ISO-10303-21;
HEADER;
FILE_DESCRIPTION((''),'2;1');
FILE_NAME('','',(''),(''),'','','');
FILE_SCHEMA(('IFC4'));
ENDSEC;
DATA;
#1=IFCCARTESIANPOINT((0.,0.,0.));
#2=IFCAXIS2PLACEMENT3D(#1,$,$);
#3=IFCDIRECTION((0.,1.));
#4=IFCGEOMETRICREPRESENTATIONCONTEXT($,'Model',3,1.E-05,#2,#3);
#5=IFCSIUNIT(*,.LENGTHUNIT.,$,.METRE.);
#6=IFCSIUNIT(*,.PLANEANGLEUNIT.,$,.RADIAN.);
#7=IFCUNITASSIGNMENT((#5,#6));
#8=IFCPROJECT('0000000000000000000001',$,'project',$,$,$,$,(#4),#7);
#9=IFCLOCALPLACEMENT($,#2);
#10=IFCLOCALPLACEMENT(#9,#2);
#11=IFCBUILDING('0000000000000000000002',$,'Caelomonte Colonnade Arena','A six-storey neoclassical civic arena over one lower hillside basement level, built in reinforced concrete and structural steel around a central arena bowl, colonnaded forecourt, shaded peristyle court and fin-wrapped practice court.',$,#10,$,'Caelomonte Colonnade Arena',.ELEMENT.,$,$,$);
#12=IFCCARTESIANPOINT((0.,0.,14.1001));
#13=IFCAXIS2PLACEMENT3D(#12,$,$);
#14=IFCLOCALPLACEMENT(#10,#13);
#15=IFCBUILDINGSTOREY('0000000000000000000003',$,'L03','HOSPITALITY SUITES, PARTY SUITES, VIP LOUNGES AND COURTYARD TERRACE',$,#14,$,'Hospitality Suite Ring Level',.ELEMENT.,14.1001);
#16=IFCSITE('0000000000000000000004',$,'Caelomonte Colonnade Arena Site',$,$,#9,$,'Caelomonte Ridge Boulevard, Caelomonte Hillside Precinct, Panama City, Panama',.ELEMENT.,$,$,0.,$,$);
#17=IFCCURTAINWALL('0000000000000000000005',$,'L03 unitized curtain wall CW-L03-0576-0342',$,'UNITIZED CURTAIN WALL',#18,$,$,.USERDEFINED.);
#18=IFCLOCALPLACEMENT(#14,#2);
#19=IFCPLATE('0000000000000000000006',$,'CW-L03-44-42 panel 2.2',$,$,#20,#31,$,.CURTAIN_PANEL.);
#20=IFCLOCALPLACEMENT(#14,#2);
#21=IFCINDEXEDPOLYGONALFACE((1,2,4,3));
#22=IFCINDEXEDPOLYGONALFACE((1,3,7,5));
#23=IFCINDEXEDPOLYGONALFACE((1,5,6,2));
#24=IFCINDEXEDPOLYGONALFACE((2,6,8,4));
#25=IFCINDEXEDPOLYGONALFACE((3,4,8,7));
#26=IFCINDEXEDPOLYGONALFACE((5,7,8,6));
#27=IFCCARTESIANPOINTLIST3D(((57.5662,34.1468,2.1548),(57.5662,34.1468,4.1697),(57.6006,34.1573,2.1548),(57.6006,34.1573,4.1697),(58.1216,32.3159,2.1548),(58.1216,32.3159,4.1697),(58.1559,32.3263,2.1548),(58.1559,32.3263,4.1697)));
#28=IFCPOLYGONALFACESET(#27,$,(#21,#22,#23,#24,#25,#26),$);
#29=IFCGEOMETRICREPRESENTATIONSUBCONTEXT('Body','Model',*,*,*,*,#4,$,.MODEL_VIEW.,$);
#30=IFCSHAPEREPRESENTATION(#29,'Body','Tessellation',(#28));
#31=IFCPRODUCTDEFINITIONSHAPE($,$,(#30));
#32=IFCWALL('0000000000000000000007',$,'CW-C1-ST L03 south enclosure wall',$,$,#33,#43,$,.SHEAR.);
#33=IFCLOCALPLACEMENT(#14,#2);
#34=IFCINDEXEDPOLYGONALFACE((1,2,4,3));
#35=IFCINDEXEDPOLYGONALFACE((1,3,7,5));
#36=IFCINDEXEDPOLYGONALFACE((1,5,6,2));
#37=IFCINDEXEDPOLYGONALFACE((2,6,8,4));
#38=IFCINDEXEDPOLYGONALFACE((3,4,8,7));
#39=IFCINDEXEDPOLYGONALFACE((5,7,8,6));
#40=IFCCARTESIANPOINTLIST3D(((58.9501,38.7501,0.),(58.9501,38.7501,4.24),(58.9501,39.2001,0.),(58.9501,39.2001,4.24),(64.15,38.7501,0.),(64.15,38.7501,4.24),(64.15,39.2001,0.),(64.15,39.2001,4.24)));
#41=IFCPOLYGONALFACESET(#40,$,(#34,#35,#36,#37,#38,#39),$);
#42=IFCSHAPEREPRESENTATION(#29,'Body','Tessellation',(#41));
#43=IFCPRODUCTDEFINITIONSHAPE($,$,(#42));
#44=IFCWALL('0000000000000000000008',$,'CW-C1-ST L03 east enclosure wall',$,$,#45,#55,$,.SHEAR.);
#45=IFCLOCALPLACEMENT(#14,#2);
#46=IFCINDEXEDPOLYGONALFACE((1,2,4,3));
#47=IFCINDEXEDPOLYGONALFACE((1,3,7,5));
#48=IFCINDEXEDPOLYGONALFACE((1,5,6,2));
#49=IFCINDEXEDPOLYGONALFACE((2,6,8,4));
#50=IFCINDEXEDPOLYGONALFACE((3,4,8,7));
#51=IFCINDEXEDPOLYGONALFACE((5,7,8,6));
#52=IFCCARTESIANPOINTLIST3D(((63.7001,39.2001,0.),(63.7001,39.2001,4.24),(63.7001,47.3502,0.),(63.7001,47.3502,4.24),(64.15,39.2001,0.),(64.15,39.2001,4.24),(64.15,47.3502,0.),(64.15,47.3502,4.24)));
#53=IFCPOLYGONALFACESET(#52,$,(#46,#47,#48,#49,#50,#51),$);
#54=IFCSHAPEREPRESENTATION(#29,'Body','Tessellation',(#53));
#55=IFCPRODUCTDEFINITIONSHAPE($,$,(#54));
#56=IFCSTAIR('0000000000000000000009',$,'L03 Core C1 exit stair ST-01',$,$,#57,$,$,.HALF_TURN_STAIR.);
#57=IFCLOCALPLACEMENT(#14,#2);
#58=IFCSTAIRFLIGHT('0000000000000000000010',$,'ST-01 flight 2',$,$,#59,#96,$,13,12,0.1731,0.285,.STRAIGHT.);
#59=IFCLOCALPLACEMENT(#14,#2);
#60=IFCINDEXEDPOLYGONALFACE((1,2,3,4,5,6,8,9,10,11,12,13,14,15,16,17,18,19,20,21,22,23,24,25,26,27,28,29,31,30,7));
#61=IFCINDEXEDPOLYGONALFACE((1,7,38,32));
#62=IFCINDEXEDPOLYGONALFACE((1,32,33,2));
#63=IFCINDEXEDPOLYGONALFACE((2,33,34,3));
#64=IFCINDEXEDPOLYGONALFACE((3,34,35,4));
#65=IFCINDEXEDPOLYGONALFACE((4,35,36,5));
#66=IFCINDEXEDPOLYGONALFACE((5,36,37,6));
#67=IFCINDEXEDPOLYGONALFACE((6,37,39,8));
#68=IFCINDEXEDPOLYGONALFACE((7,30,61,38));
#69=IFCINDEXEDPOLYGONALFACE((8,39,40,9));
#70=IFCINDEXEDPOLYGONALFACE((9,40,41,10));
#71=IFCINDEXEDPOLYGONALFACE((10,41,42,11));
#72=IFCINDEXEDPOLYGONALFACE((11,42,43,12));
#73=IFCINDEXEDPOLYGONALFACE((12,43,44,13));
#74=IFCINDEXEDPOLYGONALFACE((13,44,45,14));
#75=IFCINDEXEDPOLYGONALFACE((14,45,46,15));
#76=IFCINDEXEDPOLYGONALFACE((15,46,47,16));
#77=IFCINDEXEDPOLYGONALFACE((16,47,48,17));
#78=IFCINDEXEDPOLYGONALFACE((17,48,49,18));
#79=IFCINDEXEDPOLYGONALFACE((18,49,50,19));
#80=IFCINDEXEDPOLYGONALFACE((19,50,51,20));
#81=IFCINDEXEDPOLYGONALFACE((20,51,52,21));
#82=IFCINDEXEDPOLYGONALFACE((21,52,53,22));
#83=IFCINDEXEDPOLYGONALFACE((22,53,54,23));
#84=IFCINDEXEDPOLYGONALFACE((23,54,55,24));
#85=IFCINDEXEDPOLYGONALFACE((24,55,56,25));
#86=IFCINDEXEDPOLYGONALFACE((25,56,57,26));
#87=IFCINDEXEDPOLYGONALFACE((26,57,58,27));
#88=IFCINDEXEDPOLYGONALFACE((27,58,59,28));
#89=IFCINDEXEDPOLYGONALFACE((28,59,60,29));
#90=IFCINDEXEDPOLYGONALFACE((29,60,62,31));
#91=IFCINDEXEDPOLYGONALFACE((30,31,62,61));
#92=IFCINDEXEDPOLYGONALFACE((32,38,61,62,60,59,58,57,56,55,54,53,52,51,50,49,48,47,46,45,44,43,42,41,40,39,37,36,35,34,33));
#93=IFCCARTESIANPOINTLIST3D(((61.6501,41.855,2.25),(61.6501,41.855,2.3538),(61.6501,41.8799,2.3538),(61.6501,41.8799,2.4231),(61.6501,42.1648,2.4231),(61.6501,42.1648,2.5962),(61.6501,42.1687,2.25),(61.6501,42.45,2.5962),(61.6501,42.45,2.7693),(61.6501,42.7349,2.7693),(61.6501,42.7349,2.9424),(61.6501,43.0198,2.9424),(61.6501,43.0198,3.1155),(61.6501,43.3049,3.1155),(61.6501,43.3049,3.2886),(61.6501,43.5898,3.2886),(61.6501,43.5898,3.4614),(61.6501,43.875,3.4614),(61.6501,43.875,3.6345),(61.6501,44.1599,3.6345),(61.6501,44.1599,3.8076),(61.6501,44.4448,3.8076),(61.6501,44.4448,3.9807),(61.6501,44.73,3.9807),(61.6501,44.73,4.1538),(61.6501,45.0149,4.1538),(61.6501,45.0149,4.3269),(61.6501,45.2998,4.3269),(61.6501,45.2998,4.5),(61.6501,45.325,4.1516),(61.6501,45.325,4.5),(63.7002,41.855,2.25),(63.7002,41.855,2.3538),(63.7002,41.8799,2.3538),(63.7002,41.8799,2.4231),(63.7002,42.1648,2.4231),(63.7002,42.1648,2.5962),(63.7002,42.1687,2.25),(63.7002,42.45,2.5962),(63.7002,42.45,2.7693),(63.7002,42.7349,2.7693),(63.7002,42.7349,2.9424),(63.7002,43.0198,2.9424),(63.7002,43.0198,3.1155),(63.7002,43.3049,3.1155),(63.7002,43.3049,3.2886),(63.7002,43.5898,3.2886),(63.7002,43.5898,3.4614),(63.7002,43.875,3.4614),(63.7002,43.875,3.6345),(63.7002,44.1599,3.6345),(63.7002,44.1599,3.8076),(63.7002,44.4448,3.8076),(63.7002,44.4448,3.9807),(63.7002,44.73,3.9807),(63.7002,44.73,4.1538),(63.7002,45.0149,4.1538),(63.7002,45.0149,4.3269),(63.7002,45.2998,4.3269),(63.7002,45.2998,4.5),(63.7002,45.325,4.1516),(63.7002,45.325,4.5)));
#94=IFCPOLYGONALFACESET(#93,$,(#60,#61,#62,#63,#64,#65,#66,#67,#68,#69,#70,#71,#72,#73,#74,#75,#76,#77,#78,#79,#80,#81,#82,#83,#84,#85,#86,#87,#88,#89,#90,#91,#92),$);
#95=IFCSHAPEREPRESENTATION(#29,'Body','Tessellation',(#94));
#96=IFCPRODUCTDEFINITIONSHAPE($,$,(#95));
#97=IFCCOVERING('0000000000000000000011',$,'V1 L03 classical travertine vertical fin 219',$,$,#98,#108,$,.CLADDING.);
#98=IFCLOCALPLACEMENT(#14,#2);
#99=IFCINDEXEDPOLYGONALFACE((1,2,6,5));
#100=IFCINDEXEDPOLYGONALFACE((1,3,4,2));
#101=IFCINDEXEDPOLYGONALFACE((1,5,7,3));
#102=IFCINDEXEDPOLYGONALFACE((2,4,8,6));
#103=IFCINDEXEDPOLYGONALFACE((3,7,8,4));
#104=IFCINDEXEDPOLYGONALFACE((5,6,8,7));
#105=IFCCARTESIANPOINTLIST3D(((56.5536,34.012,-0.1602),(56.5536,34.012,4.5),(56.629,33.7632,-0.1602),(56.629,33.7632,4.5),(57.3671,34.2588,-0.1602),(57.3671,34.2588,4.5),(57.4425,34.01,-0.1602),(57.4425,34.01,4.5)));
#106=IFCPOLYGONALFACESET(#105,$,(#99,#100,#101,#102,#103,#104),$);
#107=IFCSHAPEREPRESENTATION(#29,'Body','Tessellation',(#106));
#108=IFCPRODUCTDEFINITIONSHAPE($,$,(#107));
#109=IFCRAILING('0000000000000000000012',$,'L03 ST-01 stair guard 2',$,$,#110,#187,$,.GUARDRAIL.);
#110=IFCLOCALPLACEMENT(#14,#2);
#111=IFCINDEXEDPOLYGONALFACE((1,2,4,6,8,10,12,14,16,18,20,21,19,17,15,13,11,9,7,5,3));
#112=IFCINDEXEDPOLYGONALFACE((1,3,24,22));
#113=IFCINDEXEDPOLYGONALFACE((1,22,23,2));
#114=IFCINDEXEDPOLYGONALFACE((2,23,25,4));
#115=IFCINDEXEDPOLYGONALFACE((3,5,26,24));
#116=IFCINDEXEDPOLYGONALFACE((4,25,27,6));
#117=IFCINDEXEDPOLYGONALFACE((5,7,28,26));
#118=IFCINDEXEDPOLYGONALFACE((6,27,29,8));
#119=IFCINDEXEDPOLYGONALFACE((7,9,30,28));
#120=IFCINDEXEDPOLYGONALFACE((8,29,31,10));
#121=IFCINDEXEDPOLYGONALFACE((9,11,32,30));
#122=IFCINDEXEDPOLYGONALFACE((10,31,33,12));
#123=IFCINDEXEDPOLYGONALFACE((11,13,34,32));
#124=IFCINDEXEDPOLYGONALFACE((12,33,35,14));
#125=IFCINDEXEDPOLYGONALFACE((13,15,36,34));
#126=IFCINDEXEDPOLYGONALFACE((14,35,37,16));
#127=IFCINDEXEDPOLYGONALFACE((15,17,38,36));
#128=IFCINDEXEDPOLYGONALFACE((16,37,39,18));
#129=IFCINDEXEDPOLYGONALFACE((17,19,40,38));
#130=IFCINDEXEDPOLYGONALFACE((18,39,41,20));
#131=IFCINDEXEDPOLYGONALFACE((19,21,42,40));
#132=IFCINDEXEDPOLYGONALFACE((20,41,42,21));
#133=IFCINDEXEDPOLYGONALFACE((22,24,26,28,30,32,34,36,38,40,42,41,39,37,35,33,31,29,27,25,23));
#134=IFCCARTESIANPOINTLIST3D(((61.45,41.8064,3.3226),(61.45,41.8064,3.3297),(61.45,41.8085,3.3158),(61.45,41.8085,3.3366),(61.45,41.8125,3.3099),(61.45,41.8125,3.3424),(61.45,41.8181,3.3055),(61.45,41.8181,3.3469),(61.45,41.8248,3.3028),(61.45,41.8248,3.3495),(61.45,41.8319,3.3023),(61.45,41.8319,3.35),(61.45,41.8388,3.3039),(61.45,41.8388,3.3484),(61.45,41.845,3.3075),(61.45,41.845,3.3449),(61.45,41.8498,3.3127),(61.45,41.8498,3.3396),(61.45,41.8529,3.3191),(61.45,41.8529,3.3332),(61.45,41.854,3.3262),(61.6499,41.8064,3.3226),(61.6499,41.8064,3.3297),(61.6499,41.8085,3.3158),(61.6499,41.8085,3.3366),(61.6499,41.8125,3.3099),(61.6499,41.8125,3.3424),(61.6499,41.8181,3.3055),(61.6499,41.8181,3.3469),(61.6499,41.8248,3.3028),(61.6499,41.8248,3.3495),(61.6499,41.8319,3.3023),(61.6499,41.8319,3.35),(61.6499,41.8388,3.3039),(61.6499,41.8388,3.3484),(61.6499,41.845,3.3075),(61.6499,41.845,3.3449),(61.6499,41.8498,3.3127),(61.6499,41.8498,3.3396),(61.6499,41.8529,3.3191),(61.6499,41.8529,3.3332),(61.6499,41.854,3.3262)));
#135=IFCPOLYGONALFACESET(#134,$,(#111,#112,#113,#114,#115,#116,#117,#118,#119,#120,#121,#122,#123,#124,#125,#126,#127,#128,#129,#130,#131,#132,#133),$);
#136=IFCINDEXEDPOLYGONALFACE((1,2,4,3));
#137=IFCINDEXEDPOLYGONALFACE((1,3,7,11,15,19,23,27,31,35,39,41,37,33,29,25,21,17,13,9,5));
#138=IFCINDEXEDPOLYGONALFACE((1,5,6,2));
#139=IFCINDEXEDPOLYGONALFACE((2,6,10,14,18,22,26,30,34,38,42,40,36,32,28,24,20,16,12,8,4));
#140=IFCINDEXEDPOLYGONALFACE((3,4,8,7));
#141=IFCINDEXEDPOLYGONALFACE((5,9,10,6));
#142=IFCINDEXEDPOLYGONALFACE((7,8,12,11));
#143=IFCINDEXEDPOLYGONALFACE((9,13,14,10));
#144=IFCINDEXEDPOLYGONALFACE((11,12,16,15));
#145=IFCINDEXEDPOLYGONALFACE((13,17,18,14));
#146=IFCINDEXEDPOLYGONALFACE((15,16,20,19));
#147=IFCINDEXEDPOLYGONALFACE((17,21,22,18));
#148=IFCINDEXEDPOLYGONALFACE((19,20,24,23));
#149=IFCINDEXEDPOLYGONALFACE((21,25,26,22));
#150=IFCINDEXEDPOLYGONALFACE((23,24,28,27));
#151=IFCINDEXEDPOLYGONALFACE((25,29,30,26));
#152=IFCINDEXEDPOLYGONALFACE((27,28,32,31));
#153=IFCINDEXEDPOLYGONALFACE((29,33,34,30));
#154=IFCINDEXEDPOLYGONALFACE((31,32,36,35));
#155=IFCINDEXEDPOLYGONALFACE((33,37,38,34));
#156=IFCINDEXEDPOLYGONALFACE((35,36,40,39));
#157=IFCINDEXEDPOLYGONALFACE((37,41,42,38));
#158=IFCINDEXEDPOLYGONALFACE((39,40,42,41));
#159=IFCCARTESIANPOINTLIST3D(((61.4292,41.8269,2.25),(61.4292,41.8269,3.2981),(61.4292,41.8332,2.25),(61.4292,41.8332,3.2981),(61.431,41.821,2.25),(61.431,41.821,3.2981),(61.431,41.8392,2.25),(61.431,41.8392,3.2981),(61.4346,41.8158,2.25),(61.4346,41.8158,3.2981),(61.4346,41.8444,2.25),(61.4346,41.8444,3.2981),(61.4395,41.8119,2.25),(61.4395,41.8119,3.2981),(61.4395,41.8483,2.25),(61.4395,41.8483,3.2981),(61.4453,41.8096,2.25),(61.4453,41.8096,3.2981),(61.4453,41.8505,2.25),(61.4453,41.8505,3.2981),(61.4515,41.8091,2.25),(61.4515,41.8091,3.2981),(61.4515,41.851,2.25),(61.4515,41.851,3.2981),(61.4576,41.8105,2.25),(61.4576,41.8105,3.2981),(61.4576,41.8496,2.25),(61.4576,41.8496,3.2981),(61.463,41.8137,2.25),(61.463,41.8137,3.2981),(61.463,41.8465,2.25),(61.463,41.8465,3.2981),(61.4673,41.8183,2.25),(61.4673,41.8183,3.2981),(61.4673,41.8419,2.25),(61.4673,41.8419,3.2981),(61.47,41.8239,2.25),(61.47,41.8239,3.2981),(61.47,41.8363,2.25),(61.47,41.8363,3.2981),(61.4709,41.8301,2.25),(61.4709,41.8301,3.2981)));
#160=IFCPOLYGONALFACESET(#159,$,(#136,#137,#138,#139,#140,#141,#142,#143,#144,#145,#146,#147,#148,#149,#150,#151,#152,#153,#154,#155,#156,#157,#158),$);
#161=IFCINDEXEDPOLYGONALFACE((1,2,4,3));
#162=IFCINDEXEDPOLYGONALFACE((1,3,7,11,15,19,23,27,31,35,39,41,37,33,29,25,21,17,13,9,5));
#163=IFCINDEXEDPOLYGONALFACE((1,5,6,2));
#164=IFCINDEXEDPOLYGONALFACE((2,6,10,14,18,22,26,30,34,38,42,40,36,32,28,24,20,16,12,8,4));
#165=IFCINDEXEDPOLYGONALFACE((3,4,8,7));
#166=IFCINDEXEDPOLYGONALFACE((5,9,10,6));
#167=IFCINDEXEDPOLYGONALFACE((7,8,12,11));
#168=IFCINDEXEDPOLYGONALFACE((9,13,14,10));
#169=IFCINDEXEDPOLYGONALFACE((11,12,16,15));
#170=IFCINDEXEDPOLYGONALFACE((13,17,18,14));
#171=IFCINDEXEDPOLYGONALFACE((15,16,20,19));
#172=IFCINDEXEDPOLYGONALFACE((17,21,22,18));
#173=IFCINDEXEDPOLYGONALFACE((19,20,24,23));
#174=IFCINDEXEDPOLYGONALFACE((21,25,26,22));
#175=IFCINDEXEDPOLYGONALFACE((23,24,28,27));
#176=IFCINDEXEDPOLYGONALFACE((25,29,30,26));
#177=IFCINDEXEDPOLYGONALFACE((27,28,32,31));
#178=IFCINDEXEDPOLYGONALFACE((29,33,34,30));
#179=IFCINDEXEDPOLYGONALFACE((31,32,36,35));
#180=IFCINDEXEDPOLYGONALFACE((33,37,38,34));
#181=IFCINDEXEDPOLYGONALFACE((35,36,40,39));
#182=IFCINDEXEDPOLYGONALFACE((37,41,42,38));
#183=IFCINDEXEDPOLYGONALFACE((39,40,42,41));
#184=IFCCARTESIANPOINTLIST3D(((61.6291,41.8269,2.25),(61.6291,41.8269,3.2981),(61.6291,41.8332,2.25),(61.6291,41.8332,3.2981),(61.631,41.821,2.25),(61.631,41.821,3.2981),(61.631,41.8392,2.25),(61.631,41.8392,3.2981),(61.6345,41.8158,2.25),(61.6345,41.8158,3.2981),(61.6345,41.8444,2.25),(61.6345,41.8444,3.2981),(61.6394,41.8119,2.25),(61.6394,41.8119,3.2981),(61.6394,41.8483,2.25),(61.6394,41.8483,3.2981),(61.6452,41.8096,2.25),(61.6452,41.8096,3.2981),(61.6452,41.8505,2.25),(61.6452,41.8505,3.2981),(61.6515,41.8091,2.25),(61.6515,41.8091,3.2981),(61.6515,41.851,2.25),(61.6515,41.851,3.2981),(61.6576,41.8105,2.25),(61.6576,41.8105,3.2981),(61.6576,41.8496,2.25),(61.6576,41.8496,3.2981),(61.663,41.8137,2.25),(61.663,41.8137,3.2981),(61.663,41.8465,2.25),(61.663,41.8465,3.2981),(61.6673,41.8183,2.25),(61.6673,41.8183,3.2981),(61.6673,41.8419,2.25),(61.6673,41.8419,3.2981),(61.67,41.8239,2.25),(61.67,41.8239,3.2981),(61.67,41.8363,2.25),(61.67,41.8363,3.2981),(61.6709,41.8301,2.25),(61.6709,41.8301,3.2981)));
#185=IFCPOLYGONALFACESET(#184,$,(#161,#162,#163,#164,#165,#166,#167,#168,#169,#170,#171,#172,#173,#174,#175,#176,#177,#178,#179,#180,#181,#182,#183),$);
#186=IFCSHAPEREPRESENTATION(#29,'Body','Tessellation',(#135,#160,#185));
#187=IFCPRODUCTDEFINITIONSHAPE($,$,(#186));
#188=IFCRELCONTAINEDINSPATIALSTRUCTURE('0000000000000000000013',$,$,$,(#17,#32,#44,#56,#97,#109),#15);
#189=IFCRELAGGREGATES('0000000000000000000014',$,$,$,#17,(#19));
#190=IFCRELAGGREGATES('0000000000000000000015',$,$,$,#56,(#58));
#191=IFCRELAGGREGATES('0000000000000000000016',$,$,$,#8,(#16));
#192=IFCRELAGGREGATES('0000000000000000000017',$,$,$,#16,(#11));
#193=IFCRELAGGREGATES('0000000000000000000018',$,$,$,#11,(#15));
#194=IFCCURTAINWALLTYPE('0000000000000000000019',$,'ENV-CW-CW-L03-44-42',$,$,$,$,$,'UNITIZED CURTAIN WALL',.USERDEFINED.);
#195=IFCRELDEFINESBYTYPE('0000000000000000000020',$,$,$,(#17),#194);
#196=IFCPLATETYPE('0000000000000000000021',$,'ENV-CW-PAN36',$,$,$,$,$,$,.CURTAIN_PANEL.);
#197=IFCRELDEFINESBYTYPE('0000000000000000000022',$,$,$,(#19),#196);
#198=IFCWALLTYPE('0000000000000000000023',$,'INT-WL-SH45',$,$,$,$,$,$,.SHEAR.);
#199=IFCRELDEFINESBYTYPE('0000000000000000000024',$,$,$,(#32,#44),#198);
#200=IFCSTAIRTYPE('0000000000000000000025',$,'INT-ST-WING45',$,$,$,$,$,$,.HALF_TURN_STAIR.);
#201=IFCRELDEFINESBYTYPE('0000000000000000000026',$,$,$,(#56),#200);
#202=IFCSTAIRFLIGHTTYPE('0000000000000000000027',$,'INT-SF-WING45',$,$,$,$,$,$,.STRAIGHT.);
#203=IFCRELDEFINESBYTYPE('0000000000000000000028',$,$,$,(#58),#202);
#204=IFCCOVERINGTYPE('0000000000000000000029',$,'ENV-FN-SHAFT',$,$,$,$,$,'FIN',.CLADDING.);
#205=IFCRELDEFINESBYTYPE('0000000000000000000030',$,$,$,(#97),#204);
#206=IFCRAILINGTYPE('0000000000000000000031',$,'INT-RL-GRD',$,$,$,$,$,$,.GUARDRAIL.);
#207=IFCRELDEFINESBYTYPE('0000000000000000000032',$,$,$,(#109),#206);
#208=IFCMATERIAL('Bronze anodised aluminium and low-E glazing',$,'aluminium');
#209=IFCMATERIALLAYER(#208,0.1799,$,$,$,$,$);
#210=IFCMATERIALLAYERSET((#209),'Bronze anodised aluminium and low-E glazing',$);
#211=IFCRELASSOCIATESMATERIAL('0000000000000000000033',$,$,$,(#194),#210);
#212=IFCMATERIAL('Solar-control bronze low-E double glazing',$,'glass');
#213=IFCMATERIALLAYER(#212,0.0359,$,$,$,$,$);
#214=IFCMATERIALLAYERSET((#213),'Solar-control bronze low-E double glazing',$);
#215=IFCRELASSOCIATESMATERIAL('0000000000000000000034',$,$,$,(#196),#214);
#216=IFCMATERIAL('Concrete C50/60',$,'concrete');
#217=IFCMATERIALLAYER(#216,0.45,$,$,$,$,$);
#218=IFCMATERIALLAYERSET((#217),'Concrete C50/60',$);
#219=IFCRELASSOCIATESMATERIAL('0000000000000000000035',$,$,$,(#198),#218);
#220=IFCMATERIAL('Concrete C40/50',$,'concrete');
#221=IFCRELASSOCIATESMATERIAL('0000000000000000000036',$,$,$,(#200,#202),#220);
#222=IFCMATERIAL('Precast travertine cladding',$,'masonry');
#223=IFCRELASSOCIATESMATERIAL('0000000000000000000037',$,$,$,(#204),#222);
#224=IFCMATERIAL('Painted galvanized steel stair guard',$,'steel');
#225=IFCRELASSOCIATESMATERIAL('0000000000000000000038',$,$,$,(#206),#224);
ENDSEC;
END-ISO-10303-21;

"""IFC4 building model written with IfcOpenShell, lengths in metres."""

from ifc_helpers import new_model, si_unit, direction, frame, frame_2d, origin, origin_2d, place, context, subcontext, project, spatial, polyline, rectangle, circle, outline, extrude, material, layer, layer_set, material_profile, profile_set, type_object, element, aggregate, save


model = new_model("IFC4")

# Units and contexts
model_context = context("Model", 3, precision=1e-05, world=origin(), true_north=direction((0.0, 1.0)))
body_context = subcontext(model_context, "Body", "Model", "MODEL_VIEW")
ifc_project = project(units=[si_unit("LENGTHUNIT", "METRE"), si_unit("PLANEANGLEUNIT", "RADIAN")], contexts=[model_context])

# Site, building, storey
site_placement = place(None, origin())
site = spatial("IfcSite", under=ifc_project, at=site_placement, Name="Caelomonte Colonnade Arena Site", LongName="Caelomonte Ridge Boulevard, Caelomonte Hillside Precinct, Panama City, Panama", CompositionType="ELEMENT", RefElevation=0.0)
building_placement = place(site_placement, origin())
building = spatial("IfcBuilding", under=site, at=building_placement, Name="Caelomonte Colonnade Arena", Description="A six-storey neoclassical civic arena over one lower hillside basement level, built in reinforced concrete and structural steel around a central arena bowl, colonnaded forecourt, shaded peristyle court and fin-wrapped practice court.", LongName="Caelomonte Colonnade Arena", CompositionType="ELEMENT")
storey_placement = place(building_placement, frame((0.0, 0.0, 14.1001)))
storey = spatial("IfcBuildingStorey", under=building, at=storey_placement, Name="L03", Description="HOSPITALITY SUITES, PARTY SUITES, VIP LOUNGES AND COURTYARD TERRACE", LongName="Hospitality Suite Ring Level", CompositionType="ELEMENT", Elevation=14.1001)

# Shared definitions
ifc_material_1 = material(Name="Concrete C40/50", Category="concrete")

# Curtain wall
ifc_material_2 = material(Name="Bronze anodised aluminium and low-E glazing", Category="aluminium")
ifc_layer_1 = layer(ifc_material_2, 0.1799)
ifc_layer_set_1 = layer_set([ifc_layer_1], Name="Bronze anodised aluminium and low-E glazing")
curtain_wall_type = type_object("IfcCurtainWallType", Name="ENV-CW-CW-L03-44-42", ElementType="UNITIZED CURTAIN WALL", PredefinedType="USERDEFINED", material=ifc_layer_set_1)
curtain_wall_1_placement = place(storey_placement, origin())
curtain_wall_1 = element("IfcCurtainWall", 1, at=curtain_wall_1_placement, inside=storey, type_object=curtain_wall_type, Name="L03 unitized curtain wall CW-L03-0576-0342", ObjectType="UNITIZED CURTAIN WALL", PredefinedType="USERDEFINED")

# Plate
ifc_material_3 = material(Name="Solar-control bronze low-E double glazing", Category="glass")
ifc_layer_2 = layer(ifc_material_3, 0.0359)
ifc_layer_set_2 = layer_set([ifc_layer_2], Name="Solar-control bronze low-E double glazing")
plate_type = type_object("IfcPlateType", Name="ENV-CW-PAN36", PredefinedType="CURTAIN_PANEL", material=ifc_layer_set_2)
plate_1_placement = place(storey_placement, frame((57.8611, 33.2366, 2.1548), z_axis=(0.0, 0.0, 1.0), x_axis=(0.290256, -0.956949, 0.0)))
plate_1 = element("IfcPlate", 2, at=plate_1_placement, type_object=plate_type, Name="CW-L03-44-42 panel 2.2", PredefinedType="CURTAIN_PANEL", context=body_context, shape_type="SweptSolid", body=[
    extrude(rectangle(XDim=1.9133, YDim=0.0359, at=origin_2d()), origin(), (0.0, 0.0, 1.0), 2.0149),
])
aggregate(curtain_wall_1, [plate_1])

# Walls
ifc_material_4 = material(Name="Concrete C50/60", Category="concrete")
ifc_layer_3 = layer(ifc_material_4, 0.45)
ifc_layer_set_3 = layer_set([ifc_layer_3], Name="Concrete C50/60")
wall_type = type_object("IfcWallType", Name="INT-WL-SH45", PredefinedType="SHEAR", material=ifc_layer_set_3)
wall_1_placement = place(storey_placement, frame((58.95, 38.9751, 0.0), z_axis=(0.0, 0.0, 1.0), x_axis=(1.0, 0.0, 0.0)))
element("IfcWall", 3, at=wall_1_placement, inside=storey, type_object=wall_type, Name="CW-C1-ST L03 south enclosure wall", PredefinedType="SHEAR", context=body_context, shape_type="SweptSolid", body=[
    extrude(rectangle(XDim=5.2, YDim=0.45, at=frame_2d((2.6001, 0.0))), origin(), (0.0, 0.0, 1.0), 4.24),
])
wall_2_placement = place(storey_placement, frame((63.925, 39.2, 0.0), z_axis=(0.0, 0.0, 1.0), x_axis=(0.0, 1.0, 0.0)))
element("IfcWall", 4, at=wall_2_placement, inside=storey, type_object=wall_type, Name="CW-C1-ST L03 east enclosure wall", PredefinedType="SHEAR", context=body_context, shape_type="SweptSolid", body=[
    extrude(rectangle(XDim=8.1501, YDim=0.45, at=frame_2d((4.0752, 0.0))), origin(), (0.0, 0.0, 1.0), 4.24),
])

# Stair, stair flight
stair_type = type_object("IfcStairType", Name="INT-ST-WING45", PredefinedType="HALF_TURN_STAIR", material=ifc_material_1)
stair_placement = place(storey_placement, origin())
stair = element("IfcStair", 5, at=stair_placement, inside=storey, type_object=stair_type, Name="L03 Core C1 exit stair ST-01", PredefinedType="HALF_TURN_STAIR")
stair_flight_type = type_object("IfcStairFlightType", Name="INT-SF-WING45", PredefinedType="STRAIGHT", material=ifc_material_1)
stair_flight_placement = place(storey_placement, frame((62.675, 41.8799, 2.25), z_axis=(0.0, 0.0, 1.0), x_axis=(0.0, 1.0, 0.0)))
stair_flight = element("IfcStairFlight", 6, at=stair_flight_placement, type_object=stair_flight_type, Name="ST-01 flight 2", NumberOfRisers=13, NumberOfTreads=12, PredefinedType="STRAIGHT", RiserHeight=0.1731, TreadLength=0.285, context=body_context, shape_type="SweptSolid", body=[
    extrude(outline(polyline([(-0.0249, 0.0), (-0.0249, 0.1038), (0.0, 0.1038), (0.0, 0.1731), (0.2849, 0.1731), (0.2849, 0.3462), (0.5701, 0.3462), (0.5701, 0.5193), (0.855, 0.5193), (0.855, 0.6924), (1.1399, 0.6924), (1.1399, 0.8655), (1.425, 0.8655), (1.425, 1.0386), (1.71, 1.0386), (1.71, 1.2114), (1.9951, 1.2114), (1.9951, 1.3845), (2.28, 1.3845), (2.28, 1.5576), (2.5649, 1.5576), (2.5649, 1.7307), (2.8501, 1.7307), (2.8501, 1.9038), (3.135, 1.9038), (3.135, 2.0769), (3.4199, 2.0769), (3.4199, 2.25), (3.4451, 2.25), (3.4451, 1.9016), (0.2888, 0.0), (-0.0249, 0.0)])), frame((0.0, 1.0249, 0.0), z_axis=(0.0, -1.0, 0.0), x_axis=(1.0, 0.0, 0.0)), (0.0, 0.0, 1.0), 2.05),
])
aggregate(stair, [stair_flight])

# Covering
ifc_material_5 = material(Name="Precast travertine cladding", Category="masonry")
ifc_material_profile_1 = material_profile(ifc_material_5, rectangle(XDim=0.26, YDim=0.8501, at=origin_2d()), Name="FIN260X850")
ifc_profile_set_1 = profile_set([ifc_material_profile_1], Name="Precast travertine cladding")
covering_type = type_object("IfcCoveringType", Name="ENV-FN-SHAFT", ElementType="FIN", PredefinedType="CLADDING", material=ifc_profile_set_1)
covering_placement = place(storey_placement, frame((56.998, 34.011, -0.1602), z_axis=(0.0, 0.0, 1.0), x_axis=(-0.290276, 0.956943, 0.0)))
element("IfcCovering", 7, at=covering_placement, inside=storey, type_object=covering_type, Name="V1 L03 classical travertine vertical fin 219", PredefinedType="CLADDING", context=body_context, shape_type="SweptSolid", body=[
    extrude(rectangle(XDim=0.26, YDim=0.8501, at=origin_2d()), origin(), (0.0, 0.0, 1.0), 4.6602),
])

# Railing
ifc_material_6 = material(Name="Painted galvanized steel stair guard", Category="steel")
railing_type_1 = type_object("IfcRailingType", Name="INT-RL-GRD", PredefinedType="GUARDRAIL", material=ifc_material_6)
railing_1_placement = place(storey_placement, frame((61.45, 41.8301, 2.25)))
element("IfcRailing", 8, at=railing_1_placement, inside=storey, type_object=railing_type_1, Name="L03 ST-01 stair guard 2", PredefinedType="GUARDRAIL", context=body_context, shape_type="SweptSolid", body=[
    extrude(circle(Radius=0.0239, at=origin_2d()), frame((0.0, 0.0, 1.0762), z_axis=(1.0, 0.0, 0.0), x_axis=(0.0, 1.0, 0.0)), (0.0, 0.0, 1.0), 0.2),
    extrude(circle(Radius=0.021, at=origin_2d()), origin(), (0.0, 0.0, 1.0), 1.0481),
    extrude(circle(Radius=0.021, at=origin_2d()), frame((0.2, 0.0, 0.0)), (0.0, 0.0, 1.0), 1.0481),
])

save(model, "model.ifc")
